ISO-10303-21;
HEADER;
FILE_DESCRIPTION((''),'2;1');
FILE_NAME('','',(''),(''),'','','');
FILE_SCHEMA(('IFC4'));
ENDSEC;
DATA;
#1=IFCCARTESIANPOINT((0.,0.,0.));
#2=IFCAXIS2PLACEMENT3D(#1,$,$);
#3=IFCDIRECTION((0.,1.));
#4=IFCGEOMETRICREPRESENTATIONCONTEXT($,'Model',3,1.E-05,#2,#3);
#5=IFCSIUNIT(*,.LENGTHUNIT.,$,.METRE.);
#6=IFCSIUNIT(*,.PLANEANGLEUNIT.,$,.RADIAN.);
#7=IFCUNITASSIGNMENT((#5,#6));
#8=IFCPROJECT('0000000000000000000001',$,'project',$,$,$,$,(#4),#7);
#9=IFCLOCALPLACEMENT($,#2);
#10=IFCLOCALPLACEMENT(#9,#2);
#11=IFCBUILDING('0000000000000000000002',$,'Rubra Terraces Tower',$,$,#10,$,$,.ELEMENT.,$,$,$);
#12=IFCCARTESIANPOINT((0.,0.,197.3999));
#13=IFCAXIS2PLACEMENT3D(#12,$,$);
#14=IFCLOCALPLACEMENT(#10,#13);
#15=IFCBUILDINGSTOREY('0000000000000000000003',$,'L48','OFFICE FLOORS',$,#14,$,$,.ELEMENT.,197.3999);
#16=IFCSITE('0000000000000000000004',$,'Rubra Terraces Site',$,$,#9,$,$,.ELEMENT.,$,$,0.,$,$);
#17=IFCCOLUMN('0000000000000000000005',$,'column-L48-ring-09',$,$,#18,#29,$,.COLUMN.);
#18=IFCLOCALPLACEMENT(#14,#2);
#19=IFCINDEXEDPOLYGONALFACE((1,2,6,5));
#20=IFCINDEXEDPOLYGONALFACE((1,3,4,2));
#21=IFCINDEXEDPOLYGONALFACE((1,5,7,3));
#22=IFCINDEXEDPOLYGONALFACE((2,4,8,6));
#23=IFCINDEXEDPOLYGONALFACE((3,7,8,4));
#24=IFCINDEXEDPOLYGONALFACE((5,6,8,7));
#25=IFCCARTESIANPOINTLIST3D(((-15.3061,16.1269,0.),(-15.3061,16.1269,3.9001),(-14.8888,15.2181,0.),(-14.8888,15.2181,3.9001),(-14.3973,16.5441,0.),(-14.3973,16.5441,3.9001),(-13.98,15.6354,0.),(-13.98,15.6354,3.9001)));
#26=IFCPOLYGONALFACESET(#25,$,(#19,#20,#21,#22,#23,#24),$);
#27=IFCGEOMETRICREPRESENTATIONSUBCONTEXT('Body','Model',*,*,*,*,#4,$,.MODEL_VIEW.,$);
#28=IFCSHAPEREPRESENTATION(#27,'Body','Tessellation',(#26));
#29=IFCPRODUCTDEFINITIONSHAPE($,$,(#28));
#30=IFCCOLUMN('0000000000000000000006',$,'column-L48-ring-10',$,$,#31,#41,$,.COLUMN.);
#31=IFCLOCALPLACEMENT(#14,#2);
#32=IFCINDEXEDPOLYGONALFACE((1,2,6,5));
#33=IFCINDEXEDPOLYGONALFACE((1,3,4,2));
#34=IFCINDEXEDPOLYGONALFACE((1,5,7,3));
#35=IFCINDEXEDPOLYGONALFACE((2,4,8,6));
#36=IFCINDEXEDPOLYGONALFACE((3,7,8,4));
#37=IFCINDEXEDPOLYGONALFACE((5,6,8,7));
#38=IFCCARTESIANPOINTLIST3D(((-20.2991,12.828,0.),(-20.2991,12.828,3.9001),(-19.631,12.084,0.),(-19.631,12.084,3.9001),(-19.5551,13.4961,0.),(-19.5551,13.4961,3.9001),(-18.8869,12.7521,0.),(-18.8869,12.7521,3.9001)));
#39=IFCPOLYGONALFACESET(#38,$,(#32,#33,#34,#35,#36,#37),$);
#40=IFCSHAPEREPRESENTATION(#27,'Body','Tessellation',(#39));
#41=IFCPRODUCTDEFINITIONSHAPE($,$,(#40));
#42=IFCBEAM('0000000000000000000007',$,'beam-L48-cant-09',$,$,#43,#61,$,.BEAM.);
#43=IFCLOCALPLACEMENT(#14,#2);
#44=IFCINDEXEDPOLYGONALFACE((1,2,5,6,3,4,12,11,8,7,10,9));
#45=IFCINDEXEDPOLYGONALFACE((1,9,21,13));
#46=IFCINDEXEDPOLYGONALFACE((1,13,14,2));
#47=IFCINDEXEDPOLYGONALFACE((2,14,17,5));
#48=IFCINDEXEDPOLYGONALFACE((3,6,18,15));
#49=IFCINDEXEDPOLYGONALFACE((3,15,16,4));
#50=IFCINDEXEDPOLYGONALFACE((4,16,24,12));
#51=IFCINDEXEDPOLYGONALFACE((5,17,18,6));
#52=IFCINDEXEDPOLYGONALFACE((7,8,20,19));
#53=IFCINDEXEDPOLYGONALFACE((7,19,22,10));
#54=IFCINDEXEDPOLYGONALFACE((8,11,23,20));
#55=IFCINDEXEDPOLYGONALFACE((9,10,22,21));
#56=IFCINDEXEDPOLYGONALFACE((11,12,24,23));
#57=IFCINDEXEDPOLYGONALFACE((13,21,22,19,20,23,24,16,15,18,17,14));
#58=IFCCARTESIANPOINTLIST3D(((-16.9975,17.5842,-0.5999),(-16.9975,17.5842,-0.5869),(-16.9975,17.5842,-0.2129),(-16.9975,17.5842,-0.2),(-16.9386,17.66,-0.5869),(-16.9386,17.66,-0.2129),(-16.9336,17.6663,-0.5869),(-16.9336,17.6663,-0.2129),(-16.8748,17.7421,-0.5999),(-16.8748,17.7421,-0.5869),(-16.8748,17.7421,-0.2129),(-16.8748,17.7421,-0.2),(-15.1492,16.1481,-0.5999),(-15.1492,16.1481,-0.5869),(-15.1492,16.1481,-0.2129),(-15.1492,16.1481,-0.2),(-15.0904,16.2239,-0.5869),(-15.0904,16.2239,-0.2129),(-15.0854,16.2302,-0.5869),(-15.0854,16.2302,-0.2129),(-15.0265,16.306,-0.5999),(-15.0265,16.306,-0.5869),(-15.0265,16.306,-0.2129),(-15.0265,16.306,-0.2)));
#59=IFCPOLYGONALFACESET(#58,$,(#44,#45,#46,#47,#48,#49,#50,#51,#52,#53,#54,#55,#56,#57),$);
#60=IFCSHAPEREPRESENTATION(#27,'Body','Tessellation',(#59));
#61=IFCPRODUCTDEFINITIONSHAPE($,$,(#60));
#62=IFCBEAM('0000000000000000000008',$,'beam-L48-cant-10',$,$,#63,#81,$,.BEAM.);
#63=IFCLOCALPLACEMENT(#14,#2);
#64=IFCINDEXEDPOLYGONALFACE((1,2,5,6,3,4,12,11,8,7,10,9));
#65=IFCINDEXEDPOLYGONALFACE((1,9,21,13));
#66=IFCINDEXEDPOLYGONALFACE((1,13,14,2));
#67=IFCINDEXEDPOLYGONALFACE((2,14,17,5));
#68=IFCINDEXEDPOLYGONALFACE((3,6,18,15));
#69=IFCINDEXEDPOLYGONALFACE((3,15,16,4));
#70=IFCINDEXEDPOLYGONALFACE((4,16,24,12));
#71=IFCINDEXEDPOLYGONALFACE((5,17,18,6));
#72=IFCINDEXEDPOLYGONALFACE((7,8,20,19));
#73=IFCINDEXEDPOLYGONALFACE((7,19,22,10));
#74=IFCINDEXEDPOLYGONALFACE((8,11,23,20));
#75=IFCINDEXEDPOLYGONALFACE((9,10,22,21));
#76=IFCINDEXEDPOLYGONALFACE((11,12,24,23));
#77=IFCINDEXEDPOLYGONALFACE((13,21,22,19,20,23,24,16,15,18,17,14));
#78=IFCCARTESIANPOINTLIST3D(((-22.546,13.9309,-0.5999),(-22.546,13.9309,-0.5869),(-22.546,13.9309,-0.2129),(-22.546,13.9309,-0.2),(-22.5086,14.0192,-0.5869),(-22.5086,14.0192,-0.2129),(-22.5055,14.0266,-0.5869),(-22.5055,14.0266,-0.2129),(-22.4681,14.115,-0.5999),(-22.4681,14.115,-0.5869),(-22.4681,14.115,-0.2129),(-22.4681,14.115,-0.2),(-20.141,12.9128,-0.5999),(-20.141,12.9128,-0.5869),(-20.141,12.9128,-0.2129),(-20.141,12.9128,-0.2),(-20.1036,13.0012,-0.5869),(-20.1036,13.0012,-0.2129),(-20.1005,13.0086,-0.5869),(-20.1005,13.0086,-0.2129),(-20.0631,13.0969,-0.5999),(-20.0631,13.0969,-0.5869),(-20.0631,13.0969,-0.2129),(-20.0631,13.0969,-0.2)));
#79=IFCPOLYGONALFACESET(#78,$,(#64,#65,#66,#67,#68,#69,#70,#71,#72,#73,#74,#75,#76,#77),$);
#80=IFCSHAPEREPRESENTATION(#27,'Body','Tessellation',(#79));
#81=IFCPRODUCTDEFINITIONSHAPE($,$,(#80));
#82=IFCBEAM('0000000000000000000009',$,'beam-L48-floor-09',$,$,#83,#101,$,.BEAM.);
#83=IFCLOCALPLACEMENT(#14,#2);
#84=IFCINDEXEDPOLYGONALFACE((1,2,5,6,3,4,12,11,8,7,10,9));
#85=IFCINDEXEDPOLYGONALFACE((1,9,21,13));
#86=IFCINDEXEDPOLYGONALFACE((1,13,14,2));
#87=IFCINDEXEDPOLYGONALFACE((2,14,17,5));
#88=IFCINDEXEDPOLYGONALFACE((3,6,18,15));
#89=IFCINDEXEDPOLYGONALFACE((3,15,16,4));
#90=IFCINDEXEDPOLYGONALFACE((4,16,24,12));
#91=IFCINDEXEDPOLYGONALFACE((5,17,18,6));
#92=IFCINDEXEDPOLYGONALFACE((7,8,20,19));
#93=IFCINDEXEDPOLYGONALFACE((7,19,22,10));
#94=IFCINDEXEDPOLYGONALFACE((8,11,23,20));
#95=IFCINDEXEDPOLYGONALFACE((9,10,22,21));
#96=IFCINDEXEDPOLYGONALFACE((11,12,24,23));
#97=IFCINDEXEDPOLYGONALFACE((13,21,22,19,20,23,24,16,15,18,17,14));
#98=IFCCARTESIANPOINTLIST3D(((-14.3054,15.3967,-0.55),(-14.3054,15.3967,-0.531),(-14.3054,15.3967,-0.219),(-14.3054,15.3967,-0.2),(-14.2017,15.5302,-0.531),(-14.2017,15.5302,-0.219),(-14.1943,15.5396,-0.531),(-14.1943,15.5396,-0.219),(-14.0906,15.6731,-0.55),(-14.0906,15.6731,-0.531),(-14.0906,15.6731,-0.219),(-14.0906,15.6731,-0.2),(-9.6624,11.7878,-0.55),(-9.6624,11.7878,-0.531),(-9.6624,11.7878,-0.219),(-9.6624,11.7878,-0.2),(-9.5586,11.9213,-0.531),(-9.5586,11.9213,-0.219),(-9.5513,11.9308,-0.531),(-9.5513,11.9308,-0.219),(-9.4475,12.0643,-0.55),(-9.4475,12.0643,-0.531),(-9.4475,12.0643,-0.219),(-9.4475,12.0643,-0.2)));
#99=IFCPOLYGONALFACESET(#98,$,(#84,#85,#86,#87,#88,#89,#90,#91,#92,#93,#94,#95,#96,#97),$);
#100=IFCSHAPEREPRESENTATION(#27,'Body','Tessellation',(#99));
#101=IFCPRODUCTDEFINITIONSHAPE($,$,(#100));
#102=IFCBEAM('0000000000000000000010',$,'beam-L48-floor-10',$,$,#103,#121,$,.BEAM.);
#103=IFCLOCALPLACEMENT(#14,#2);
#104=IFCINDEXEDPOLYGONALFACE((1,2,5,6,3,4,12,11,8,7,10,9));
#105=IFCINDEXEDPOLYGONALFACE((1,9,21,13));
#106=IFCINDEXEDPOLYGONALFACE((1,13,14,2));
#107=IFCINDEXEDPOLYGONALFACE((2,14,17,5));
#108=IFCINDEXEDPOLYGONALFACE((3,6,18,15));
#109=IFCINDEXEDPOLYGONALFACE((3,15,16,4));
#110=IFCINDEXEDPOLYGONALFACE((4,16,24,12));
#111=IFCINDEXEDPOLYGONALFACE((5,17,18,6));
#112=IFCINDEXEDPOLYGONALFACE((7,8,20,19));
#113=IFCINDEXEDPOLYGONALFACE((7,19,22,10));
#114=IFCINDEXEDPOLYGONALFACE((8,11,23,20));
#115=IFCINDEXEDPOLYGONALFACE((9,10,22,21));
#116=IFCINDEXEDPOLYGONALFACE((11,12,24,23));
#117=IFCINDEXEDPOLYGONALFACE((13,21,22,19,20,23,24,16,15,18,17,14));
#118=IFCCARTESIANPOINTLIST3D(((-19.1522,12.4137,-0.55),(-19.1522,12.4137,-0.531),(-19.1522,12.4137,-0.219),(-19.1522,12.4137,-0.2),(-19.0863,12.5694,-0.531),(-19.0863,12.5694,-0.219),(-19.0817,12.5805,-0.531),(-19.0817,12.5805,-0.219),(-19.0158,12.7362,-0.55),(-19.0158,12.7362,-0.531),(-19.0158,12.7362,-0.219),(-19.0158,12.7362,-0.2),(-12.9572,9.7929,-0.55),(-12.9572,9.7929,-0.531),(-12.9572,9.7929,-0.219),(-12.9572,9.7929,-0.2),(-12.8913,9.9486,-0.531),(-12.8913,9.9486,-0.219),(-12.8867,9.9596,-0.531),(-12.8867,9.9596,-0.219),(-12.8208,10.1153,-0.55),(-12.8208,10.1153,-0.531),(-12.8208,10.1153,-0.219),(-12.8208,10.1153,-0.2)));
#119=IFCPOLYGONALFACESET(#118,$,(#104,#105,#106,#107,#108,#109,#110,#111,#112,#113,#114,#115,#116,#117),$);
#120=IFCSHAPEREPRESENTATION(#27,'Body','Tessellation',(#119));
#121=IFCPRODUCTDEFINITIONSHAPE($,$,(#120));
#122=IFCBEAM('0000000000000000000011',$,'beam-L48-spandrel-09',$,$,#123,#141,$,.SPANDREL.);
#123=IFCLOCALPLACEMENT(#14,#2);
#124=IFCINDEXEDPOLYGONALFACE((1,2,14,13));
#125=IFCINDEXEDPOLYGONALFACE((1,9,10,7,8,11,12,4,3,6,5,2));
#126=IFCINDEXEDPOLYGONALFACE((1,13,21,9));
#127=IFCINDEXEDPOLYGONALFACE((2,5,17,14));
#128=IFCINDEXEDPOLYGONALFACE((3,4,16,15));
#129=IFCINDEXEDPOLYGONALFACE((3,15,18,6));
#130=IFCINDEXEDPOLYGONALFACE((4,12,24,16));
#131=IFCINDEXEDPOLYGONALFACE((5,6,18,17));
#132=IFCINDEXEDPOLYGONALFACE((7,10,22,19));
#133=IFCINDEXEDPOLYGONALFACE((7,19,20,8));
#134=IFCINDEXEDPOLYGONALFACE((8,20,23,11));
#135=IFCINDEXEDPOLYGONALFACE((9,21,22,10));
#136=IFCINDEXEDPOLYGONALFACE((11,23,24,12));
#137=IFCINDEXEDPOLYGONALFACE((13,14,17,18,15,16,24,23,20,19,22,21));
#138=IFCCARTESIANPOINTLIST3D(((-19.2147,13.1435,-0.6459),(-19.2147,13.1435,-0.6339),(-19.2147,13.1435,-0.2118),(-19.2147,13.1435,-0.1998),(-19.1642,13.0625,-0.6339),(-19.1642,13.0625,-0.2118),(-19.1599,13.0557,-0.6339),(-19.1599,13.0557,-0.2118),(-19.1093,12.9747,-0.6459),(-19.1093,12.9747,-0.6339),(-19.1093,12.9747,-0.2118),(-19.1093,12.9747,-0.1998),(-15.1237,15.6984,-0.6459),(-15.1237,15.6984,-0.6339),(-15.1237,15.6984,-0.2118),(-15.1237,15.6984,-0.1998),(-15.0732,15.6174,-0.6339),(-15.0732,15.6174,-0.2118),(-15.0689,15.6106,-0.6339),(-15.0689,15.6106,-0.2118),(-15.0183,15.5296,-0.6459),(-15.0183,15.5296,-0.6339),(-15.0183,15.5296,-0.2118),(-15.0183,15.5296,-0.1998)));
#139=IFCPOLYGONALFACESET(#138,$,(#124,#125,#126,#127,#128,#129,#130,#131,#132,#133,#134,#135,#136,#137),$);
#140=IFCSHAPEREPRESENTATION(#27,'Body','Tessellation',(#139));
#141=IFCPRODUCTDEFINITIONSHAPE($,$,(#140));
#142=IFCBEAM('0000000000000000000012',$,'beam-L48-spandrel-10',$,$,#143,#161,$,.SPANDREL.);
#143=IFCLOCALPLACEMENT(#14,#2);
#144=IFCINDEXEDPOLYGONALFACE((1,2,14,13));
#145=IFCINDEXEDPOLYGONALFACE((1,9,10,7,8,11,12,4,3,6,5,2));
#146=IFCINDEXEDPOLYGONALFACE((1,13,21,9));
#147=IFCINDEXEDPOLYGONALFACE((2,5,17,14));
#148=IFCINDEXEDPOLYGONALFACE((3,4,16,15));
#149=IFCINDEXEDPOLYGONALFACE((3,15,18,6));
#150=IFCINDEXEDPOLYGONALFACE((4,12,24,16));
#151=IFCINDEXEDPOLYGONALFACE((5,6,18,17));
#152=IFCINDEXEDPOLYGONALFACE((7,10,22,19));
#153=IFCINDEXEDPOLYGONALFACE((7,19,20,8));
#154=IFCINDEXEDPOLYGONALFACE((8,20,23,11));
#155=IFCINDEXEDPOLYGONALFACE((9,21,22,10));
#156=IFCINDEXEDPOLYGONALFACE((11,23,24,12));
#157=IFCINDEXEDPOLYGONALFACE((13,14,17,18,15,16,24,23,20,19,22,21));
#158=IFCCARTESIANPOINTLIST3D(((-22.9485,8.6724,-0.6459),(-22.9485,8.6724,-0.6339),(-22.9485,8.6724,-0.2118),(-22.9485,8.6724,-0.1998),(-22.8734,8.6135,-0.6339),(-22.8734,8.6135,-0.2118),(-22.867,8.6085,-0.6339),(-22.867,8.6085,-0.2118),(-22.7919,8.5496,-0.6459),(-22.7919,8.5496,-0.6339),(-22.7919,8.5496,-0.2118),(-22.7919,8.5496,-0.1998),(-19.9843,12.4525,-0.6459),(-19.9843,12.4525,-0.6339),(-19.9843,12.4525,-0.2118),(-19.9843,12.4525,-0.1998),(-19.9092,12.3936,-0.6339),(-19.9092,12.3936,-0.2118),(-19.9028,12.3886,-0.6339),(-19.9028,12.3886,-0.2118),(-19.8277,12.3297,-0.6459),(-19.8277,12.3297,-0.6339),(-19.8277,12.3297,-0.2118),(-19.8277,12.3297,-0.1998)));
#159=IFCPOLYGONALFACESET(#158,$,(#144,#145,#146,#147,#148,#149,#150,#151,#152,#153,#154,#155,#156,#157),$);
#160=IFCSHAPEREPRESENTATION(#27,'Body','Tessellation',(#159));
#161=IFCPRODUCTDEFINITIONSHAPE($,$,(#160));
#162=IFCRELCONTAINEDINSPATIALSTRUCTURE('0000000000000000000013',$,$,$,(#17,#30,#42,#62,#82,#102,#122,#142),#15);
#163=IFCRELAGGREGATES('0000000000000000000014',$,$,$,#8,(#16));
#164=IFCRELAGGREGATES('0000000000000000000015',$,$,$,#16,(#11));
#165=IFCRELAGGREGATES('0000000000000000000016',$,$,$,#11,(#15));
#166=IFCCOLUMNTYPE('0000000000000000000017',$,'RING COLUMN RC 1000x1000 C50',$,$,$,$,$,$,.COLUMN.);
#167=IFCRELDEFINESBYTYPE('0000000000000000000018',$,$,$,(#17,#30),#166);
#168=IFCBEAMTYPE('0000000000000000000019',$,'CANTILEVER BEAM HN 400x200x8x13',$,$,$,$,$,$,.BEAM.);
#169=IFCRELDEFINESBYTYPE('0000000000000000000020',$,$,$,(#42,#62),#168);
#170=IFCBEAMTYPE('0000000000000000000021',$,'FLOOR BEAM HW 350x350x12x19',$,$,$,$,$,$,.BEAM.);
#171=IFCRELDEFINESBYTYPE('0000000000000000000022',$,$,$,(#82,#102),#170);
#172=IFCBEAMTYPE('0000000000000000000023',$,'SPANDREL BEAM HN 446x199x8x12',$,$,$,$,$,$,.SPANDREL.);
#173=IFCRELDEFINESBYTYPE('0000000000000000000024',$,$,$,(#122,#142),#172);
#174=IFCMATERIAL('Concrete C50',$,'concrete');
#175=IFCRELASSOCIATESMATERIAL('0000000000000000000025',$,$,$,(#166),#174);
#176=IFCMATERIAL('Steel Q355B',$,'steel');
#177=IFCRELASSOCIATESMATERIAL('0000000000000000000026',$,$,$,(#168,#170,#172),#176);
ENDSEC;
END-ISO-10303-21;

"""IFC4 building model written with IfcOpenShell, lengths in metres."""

from ifc_helpers import new_model, si_unit, direction, frame, origin, origin_2d, place, context, subcontext, project, spatial, rectangle, i_section, extrude, material, material_profile, profile_set, type_object, element, save


model = new_model("IFC4")

# Units and contexts
model_context = context("Model", 3, precision=1e-05, world=origin(), true_north=direction((0.0, 1.0)))
body_context = subcontext(model_context, "Body", "Model", "MODEL_VIEW")
ifc_project = project(units=[si_unit("LENGTHUNIT", "METRE"), si_unit("PLANEANGLEUNIT", "RADIAN")], contexts=[model_context])

# Site, building, storey
site_placement = place(None, origin())
site = spatial("IfcSite", under=ifc_project, at=site_placement, Name="Rubra Terraces Site", CompositionType="ELEMENT", RefElevation=0.0)
building_placement = place(site_placement, origin())
building = spatial("IfcBuilding", under=site, at=building_placement, Name="Rubra Terraces Tower", CompositionType="ELEMENT")
storey_placement = place(building_placement, frame((0.0, 0.0, 197.3999)))
storey = spatial("IfcBuildingStorey", under=building, at=storey_placement, Name="L48", Description="OFFICE FLOORS", CompositionType="ELEMENT", Elevation=197.3999)

# Columns
ifc_material_1 = material(Name="Concrete C50", Category="concrete")
ifc_material_profile_1 = material_profile(ifc_material_1, rectangle(XDim=1.0, YDim=1.0, at=origin_2d()), Name="RC 1000x1000")
ifc_profile_set_1 = profile_set([ifc_material_profile_1], Name="Concrete C50")
column_type = type_object("IfcColumnType", Name="RING COLUMN RC 1000x1000 C50", PredefinedType="COLUMN", material=ifc_profile_set_1)
for number, where, z_axis, x_axis, name in (
    (1, (-14.6431, 15.8811, 0.0), (0.0, 0.0, 1.0), (-0.908779, -0.417279, 0.0), "column-L48-ring-09"),
    (2, (-19.593, 12.79, 0.0), (0.0, 0.0, 1.0), (-0.744021, -0.668156, 0.0), "column-L48-ring-10"),
):
    element("IfcColumn", number, at=place(storey_placement, frame(where, z_axis=z_axis, x_axis=x_axis)), inside=storey, type_object=column_type, Name=name, PredefinedType="COLUMN", context=body_context, shape_type="SweptSolid", body=[
        extrude(rectangle(XDim=1.0, YDim=1.0, at=origin_2d()), origin(), (0.0, 0.0, 1.0), 3.9001),
    ])

# Beams
ifc_material_2 = material(Name="Steel Q355B", Category="steel")
ifc_material_profile_2 = material_profile(ifc_material_2, i_section(OverallWidth=0.2, OverallDepth=0.3999, WebThickness=0.0081, FlangeThickness=0.0129, at=origin_2d()), Name="HN 400x200x8x13")
ifc_profile_set_2 = profile_set([ifc_material_profile_2], Name="Steel Q355B")
beam_type_1 = type_object("IfcBeamType", Name="CANTILEVER BEAM HN 400x200x8x13", PredefinedType="BEAM", material=ifc_profile_set_2)
beam_1_placement = place(storey_placement, frame((-15.0879, 16.2271, -0.3999), z_axis=(-0.789644, 0.613565, 0.0), x_axis=(-0.613565, -0.789644, 0.0)))
element("IfcBeam", 3, at=beam_1_placement, inside=storey, type_object=beam_type_1, Name="beam-L48-cant-09", PredefinedType="BEAM", context=body_context, shape_type="SweptSolid", body=[
    extrude(i_section(OverallWidth=0.2, OverallDepth=0.3999, WebThickness=0.0081, FlangeThickness=0.0129, at=origin_2d()), origin(), (0.0, 0.0, 1.0), 2.3406),
])
beam_2_placement = place(storey_placement, frame((-20.1021, 13.0049, -0.3999), z_axis=(-0.920891, 0.38982, 0.0), x_axis=(-0.38982, -0.920891, 0.0)))
element("IfcBeam", 4, at=beam_2_placement, inside=storey, type_object=beam_type_1, Name="beam-L48-cant-10", PredefinedType="BEAM", context=body_context, shape_type="SweptSolid", body=[
    extrude(i_section(OverallWidth=0.2, OverallDepth=0.3999, WebThickness=0.0081, FlangeThickness=0.0129, at=origin_2d()), origin(), (0.0, 0.0, 1.0), 2.6116),
])
ifc_material_profile_3 = material_profile(ifc_material_2, i_section(OverallWidth=0.3501, OverallDepth=0.3501, WebThickness=0.012, FlangeThickness=0.019, at=origin_2d()), Name="HW 350x350x12x19")
ifc_profile_set_3 = profile_set([ifc_material_profile_3], Name="Steel Q355B")
beam_type_2 = type_object("IfcBeamType", Name="FLOOR BEAM HW 350x350x12x19", PredefinedType="BEAM", material=ifc_profile_set_3)
beam_3_placement = place(storey_placement, frame((-14.198, 15.5349, -0.375), z_axis=(0.789549, -0.613688, 0.0), x_axis=(0.613688, 0.789549, 0.0)))
element("IfcBeam", 5, at=beam_3_placement, inside=storey, type_object=beam_type_2, Name="beam-L48-floor-09", PredefinedType="BEAM", context=body_context, shape_type="SweptSolid", body=[
    extrude(i_section(OverallWidth=0.3501, OverallDepth=0.3501, WebThickness=0.012, FlangeThickness=0.019, at=origin_2d()), origin(), (0.0, 0.0, 1.0), 5.8806),
])
beam_4_placement = place(storey_placement, frame((-19.084, 12.575, -0.375), z_axis=(0.920975, -0.389622, 0.0), x_axis=(0.389622, 0.920975, 0.0)))
element("IfcBeam", 6, at=beam_4_placement, inside=storey, type_object=beam_type_2, Name="beam-L48-floor-10", PredefinedType="BEAM", context=body_context, shape_type="SweptSolid", body=[
    extrude(i_section(OverallWidth=0.3501, OverallDepth=0.3501, WebThickness=0.012, FlangeThickness=0.019, at=origin_2d()), origin(), (0.0, 0.0, 1.0), 6.7266),
])
ifc_material_profile_4 = material_profile(ifc_material_2, i_section(OverallWidth=0.199, OverallDepth=0.446, WebThickness=0.0081, FlangeThickness=0.012, at=origin_2d()), Name="HN 446x199x8x12")
ifc_profile_set_4 = profile_set([ifc_material_profile_4], Name="Steel Q355B")
beam_type_3 = type_object("IfcBeamType", Name="SPANDREL BEAM HN 446x199x8x12", PredefinedType="SPANDREL", material=ifc_profile_set_4)
beam_5_placement = place(storey_placement, frame((-15.071, 15.614, -0.4229), z_axis=(-0.848183, -0.529703, 0.0), x_axis=(0.529703, -0.848183, 0.0)))
element("IfcBeam", 7, at=beam_5_placement, inside=storey, type_object=beam_type_3, Name="beam-L48-spandrel-09", PredefinedType="SPANDREL", context=body_context, shape_type="SweptSolid", body=[
    extrude(i_section(OverallWidth=0.199, OverallDepth=0.446, WebThickness=0.0081, FlangeThickness=0.012, at=origin_2d()), origin(), (0.0, 0.0, 1.0), 4.8232),
])
beam_6_placement = place(storey_placement, frame((-19.906, 12.3911, -0.4229), z_axis=(-0.61706, -0.786916, 0.0), x_axis=(0.786916, -0.61706, 0.0)))
element("IfcBeam", 8, at=beam_6_placement, inside=storey, type_object=beam_type_3, Name="beam-L48-spandrel-10", PredefinedType="SPANDREL", context=body_context, shape_type="SweptSolid", body=[
    extrude(i_section(OverallWidth=0.199, OverallDepth=0.446, WebThickness=0.0081, FlangeThickness=0.012, at=origin_2d()), origin(), (0.0, 0.0, 1.0), 4.8037),
])

save(model, "model.ifc")
